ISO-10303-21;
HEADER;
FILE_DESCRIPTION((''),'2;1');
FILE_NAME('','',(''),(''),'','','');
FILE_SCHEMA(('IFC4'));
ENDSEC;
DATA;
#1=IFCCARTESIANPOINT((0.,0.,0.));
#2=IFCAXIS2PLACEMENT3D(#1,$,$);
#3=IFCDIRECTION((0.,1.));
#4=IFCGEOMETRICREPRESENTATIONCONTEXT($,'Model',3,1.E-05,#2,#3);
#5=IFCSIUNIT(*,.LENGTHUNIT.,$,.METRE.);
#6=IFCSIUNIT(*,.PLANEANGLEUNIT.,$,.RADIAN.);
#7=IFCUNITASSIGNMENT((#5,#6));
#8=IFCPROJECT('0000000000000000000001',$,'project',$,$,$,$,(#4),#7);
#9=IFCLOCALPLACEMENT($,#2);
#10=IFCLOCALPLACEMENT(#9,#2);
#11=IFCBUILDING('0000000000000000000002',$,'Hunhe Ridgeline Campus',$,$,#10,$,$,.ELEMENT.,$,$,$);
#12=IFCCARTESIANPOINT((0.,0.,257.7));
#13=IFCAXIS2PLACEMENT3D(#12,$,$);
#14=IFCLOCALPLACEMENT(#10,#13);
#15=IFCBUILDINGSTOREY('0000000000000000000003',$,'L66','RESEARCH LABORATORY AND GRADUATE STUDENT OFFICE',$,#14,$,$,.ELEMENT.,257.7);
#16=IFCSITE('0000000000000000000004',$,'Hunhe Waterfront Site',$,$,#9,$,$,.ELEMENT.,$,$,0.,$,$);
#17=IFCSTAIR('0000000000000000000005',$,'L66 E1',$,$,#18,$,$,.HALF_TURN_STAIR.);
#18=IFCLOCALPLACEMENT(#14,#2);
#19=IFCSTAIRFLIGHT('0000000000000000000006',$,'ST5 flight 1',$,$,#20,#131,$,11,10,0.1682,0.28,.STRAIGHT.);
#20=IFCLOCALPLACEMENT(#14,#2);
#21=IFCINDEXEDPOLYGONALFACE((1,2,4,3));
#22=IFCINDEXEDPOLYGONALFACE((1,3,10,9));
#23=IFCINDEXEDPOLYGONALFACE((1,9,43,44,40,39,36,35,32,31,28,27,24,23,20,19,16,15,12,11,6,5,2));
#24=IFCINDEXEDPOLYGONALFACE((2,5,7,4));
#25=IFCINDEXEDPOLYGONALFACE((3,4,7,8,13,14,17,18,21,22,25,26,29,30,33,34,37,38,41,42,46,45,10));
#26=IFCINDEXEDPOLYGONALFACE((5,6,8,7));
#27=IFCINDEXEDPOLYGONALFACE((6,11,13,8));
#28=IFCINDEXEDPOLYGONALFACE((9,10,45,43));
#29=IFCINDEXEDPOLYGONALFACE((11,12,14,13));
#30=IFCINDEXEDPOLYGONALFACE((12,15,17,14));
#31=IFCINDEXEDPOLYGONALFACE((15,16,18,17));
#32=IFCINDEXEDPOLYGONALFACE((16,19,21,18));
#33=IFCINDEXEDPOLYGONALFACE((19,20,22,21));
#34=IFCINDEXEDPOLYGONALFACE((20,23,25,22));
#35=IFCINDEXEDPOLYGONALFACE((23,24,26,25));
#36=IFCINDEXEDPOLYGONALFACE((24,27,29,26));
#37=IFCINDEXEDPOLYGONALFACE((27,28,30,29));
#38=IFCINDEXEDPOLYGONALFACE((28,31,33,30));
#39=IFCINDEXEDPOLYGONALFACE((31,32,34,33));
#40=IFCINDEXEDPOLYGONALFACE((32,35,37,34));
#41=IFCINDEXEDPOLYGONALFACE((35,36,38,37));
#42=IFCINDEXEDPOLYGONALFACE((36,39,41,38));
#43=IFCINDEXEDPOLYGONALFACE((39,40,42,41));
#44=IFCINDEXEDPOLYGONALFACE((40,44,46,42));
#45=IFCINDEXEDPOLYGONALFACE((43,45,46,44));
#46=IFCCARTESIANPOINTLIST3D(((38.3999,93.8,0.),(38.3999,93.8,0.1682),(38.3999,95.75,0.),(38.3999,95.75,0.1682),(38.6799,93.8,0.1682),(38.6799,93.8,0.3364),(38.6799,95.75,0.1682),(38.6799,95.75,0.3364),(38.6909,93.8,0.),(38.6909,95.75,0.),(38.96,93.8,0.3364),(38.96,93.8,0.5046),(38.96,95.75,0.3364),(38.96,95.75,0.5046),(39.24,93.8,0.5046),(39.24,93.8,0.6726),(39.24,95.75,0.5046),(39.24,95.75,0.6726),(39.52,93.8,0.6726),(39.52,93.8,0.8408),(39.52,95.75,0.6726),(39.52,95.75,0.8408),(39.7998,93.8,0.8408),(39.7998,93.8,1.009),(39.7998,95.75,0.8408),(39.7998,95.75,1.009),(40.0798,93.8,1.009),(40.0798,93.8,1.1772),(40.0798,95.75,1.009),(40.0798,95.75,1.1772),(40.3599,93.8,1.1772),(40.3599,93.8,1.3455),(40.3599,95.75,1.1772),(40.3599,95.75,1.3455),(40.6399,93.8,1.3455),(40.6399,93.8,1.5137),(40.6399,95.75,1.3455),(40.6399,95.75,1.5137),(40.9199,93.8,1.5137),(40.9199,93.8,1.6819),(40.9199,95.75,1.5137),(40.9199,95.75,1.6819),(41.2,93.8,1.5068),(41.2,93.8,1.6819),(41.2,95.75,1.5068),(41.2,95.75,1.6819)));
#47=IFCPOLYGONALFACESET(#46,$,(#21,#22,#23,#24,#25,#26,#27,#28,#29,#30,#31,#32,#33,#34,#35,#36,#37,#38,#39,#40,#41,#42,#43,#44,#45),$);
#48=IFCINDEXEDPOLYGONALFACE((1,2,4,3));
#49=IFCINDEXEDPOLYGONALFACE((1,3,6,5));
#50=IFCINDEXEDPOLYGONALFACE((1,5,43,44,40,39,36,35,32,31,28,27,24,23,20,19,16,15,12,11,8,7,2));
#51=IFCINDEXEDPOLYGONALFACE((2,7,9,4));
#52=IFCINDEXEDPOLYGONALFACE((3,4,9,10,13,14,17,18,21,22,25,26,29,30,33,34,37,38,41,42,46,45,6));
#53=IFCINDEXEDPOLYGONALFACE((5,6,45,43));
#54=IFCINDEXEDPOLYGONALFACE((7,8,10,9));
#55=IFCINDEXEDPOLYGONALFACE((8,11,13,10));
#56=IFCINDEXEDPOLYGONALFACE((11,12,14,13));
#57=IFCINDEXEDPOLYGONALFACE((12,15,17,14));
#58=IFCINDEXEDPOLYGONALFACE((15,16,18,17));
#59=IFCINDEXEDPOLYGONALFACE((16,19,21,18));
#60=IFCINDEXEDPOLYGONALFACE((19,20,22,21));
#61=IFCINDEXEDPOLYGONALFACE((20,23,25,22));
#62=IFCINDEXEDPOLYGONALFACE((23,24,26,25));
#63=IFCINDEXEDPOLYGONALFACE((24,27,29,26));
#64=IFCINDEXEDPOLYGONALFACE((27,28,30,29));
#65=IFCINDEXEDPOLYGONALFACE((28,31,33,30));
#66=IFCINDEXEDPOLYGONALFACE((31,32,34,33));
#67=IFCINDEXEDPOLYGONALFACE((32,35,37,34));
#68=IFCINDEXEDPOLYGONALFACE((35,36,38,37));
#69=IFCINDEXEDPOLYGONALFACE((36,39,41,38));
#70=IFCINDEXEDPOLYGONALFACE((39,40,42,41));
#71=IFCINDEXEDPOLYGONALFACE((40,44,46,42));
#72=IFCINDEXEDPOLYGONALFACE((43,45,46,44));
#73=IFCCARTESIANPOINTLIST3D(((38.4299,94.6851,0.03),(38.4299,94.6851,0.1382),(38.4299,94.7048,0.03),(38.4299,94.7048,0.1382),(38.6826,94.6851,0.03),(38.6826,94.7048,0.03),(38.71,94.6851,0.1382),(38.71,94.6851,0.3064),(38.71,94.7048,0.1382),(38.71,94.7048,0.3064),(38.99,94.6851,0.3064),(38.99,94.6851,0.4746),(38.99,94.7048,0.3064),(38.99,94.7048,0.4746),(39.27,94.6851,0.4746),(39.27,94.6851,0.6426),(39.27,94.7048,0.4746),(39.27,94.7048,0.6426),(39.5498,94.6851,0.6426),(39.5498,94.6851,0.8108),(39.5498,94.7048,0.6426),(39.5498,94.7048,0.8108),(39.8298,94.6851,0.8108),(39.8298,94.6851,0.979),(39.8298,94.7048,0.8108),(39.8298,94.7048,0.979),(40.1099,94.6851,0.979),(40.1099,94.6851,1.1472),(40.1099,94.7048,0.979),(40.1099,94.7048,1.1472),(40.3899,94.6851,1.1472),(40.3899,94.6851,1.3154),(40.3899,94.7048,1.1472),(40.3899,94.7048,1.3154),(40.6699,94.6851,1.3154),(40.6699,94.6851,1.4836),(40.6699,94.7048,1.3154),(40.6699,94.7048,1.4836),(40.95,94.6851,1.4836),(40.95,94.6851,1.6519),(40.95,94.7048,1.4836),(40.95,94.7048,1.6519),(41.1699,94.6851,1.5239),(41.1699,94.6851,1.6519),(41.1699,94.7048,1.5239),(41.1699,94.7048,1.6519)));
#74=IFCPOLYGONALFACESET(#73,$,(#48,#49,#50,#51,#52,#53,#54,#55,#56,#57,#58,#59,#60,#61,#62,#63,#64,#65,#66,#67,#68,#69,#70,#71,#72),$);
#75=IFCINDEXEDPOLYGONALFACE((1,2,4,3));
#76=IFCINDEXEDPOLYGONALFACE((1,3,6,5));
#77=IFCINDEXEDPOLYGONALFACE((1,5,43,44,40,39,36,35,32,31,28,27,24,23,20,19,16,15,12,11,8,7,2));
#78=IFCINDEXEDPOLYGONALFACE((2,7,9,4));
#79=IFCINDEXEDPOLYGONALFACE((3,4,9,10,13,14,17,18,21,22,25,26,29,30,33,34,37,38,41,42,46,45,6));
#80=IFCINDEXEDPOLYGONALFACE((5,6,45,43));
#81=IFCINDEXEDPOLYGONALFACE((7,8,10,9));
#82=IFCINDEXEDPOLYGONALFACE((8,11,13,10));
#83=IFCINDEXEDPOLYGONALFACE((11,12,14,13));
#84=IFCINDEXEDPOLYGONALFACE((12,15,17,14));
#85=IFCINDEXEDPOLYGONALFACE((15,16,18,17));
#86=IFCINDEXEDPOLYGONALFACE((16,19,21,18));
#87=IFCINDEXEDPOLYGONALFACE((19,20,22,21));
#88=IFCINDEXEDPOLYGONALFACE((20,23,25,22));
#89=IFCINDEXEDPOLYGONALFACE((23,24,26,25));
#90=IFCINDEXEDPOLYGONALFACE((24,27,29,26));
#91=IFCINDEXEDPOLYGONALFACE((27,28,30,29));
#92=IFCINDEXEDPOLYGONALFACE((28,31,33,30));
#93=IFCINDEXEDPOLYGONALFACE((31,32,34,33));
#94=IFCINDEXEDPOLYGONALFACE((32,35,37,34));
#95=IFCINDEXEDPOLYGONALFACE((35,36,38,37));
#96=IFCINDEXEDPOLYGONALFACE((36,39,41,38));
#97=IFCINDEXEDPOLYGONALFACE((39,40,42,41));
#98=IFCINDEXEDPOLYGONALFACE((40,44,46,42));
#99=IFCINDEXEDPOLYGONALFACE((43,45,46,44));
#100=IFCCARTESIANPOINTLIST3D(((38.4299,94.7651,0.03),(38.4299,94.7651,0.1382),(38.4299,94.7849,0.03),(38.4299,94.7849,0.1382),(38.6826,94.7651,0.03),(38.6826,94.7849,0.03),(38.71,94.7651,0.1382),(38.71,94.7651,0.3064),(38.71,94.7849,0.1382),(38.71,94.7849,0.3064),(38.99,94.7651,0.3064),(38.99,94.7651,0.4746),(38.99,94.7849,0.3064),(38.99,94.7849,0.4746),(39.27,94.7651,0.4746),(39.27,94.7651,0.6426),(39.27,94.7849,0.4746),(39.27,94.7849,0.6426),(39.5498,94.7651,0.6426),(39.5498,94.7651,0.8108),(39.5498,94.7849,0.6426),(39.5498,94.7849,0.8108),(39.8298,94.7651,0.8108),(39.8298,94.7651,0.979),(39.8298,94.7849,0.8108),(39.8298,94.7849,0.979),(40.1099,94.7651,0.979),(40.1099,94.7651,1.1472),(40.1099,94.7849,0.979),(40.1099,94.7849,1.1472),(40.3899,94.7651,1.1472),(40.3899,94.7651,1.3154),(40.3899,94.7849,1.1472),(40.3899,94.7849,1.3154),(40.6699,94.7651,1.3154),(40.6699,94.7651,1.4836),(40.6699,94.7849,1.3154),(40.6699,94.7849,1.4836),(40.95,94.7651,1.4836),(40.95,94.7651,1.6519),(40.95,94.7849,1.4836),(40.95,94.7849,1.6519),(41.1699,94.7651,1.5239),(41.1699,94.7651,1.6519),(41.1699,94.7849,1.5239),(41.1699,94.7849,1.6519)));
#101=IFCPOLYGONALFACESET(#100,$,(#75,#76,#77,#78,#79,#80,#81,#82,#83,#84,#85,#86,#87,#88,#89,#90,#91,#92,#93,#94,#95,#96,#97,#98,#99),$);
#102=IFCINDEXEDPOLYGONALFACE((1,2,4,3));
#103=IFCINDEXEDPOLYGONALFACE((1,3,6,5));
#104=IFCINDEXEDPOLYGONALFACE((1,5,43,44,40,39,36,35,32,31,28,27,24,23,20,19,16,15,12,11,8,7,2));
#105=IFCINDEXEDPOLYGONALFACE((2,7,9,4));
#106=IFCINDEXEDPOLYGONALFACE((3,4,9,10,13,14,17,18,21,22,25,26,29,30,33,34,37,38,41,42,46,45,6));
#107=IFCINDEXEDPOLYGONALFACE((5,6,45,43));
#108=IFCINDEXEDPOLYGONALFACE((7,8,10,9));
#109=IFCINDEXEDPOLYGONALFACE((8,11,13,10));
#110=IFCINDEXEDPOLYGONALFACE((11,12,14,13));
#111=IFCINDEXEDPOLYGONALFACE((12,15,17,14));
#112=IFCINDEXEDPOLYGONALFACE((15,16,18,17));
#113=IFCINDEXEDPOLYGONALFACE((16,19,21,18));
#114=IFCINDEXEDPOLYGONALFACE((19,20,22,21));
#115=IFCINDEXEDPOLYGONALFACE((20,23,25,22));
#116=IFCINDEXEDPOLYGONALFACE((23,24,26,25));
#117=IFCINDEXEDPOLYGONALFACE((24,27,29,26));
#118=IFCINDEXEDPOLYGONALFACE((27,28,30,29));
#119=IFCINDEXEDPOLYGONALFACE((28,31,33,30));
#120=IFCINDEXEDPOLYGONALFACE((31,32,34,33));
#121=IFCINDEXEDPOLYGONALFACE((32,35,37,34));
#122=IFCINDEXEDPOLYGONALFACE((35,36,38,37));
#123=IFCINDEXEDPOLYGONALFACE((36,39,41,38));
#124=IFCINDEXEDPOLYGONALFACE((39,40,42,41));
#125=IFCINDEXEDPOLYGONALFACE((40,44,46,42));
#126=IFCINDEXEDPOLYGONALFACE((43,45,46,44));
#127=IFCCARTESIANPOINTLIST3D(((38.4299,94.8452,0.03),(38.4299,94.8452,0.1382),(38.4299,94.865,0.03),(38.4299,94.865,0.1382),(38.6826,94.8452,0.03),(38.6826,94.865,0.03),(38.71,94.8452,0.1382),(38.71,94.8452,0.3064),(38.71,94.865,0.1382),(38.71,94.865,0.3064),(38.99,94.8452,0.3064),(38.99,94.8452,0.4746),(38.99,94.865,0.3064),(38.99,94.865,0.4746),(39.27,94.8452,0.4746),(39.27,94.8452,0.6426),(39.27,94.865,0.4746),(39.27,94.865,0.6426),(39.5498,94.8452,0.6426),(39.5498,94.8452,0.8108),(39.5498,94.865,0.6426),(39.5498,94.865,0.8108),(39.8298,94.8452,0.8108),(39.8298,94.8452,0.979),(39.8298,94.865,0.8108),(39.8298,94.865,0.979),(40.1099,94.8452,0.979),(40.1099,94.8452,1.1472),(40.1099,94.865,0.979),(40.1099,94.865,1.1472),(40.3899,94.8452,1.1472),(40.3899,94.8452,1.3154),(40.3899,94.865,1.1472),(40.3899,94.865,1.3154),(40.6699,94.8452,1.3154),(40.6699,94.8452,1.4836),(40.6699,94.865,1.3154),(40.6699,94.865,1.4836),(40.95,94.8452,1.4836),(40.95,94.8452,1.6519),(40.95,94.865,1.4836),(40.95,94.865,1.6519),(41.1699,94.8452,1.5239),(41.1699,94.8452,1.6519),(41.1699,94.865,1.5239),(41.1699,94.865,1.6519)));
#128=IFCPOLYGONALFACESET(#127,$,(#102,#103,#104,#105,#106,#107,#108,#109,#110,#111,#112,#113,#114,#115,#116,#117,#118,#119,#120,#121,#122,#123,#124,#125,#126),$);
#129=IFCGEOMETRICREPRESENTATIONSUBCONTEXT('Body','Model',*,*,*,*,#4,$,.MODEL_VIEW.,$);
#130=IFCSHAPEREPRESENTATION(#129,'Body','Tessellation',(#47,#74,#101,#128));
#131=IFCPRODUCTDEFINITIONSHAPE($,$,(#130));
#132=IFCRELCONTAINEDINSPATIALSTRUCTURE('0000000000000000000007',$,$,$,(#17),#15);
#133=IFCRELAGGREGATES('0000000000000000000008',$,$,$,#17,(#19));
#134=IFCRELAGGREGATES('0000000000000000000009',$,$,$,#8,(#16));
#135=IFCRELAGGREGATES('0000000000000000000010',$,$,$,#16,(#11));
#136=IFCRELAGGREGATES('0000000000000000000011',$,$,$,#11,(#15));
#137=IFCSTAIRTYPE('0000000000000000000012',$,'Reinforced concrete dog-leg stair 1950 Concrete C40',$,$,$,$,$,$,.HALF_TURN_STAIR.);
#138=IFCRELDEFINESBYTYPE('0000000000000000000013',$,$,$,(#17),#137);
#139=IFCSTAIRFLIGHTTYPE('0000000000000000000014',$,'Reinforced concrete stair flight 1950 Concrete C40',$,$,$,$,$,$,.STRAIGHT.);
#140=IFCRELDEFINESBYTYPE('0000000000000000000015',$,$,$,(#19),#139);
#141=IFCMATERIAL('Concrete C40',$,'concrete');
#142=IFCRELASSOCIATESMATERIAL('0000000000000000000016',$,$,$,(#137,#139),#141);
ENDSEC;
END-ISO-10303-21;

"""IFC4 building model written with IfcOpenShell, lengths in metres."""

from ifc_helpers import new_model, si_unit, direction, frame, origin, place, context, subcontext, project, spatial, polyline, outline, extrude, material, type_object, element, aggregate, save


model = new_model("IFC4")

# Units and contexts
model_context = context("Model", 3, precision=1e-05, world=origin(), true_north=direction((0.0, 1.0)))
body_context = subcontext(model_context, "Body", "Model", "MODEL_VIEW")
ifc_project = project(units=[si_unit("LENGTHUNIT", "METRE"), si_unit("PLANEANGLEUNIT", "RADIAN")], contexts=[model_context])

# Site, building, storey
site_placement = place(None, origin())
site = spatial("IfcSite", under=ifc_project, at=site_placement, Name="Hunhe Waterfront Site", CompositionType="ELEMENT", RefElevation=0.0)
building_placement = place(site_placement, origin())
building = spatial("IfcBuilding", under=site, at=building_placement, Name="Hunhe Ridgeline Campus", CompositionType="ELEMENT")
storey_placement = place(building_placement, frame((0.0, 0.0, 257.7)))
storey = spatial("IfcBuildingStorey", under=building, at=storey_placement, Name="L66", Description="RESEARCH LABORATORY AND GRADUATE STUDENT OFFICE", CompositionType="ELEMENT", Elevation=257.7)

# Stair, stair flight
ifc_material_1 = material(Name="Concrete C40", Category="concrete")
stair_type = type_object("IfcStairType", Name="Reinforced concrete dog-leg stair 1950 Concrete C40", PredefinedType="HALF_TURN_STAIR", material=ifc_material_1)
stair_placement = place(storey_placement, origin())
stair = element("IfcStair", 1, at=stair_placement, inside=storey, type_object=stair_type, Name="L66 E1", PredefinedType="HALF_TURN_STAIR")
stair_flight_type = type_object("IfcStairFlightType", Name="Reinforced concrete stair flight 1950 Concrete C40", PredefinedType="STRAIGHT", material=ifc_material_1)
stair_flight_1_placement = place(storey_placement, frame((38.3999, 94.7749, 0.0), z_axis=(0.0, 0.0, 1.0), x_axis=(1.0, 0.0, 0.0)))
stair_flight_1 = element("IfcStairFlight", 2, at=stair_flight_1_placement, type_object=stair_flight_type, Name="ST5 flight 1", NumberOfRisers=11, NumberOfTreads=10, PredefinedType="STRAIGHT", RiserHeight=0.1682, TreadLength=0.28, context=body_context, shape_type="SweptSolid", body=[
    extrude(outline(polyline([(0.0, 0.0), (0.0, 0.1682), (0.28, 0.1682), (0.28, 0.3364), (0.5601, 0.3364), (0.5601, 0.5046), (0.8401, 0.5046), (0.8401, 0.6726), (1.1201, 0.6726), (1.1201, 0.8408), (1.3999, 0.8408), (1.3999, 1.009), (1.6799, 1.009), (1.6799, 1.1772), (1.96, 1.1772), (1.96, 1.3455), (2.24, 1.3455), (2.24, 1.5137), (2.52, 1.5137), (2.52, 1.6819), (2.8, 1.6819), (2.8, 1.8501), (2.8, 1.5068), (0.291, 0.0), (0.0, 0.0)])), frame((0.0, 0.9751, 0.0), z_axis=(0.0, -1.0, 0.0), x_axis=(1.0, 0.0, 0.0)), (0.0, 0.0, 1.0), 1.95),
    extrude(outline(polyline([(0.03, 0.03), (0.03, 0.1382), (0.3101, 0.1382), (0.3101, 0.3064), (0.5901, 0.3064), (0.5901, 0.4746), (0.8701, 0.4746), (0.8701, 0.6426), (1.1499, 0.6426), (1.1499, 0.8108), (1.4299, 0.8108), (1.4299, 0.979), (1.71, 0.979), (1.71, 1.1472), (1.99, 1.1472), (1.99, 1.3154), (2.27, 1.3154), (2.27, 1.4836), (2.55, 1.4836), (2.55, 1.6519), (2.77, 1.6519), (2.77, 1.5239), (0.2827, 0.03), (0.03, 0.03)])), frame((0.0, -0.0701, 0.0), z_axis=(0.0, -1.0, 0.0), x_axis=(1.0, 0.0, 0.0)), (0.0, 0.0, 1.0), 0.0198),
    extrude(outline(polyline([(0.03, 0.03), (0.03, 0.1382), (0.3101, 0.1382), (0.3101, 0.3064), (0.5901, 0.3064), (0.5901, 0.4746), (0.8701, 0.4746), (0.8701, 0.6426), (1.1499, 0.6426), (1.1499, 0.8108), (1.4299, 0.8108), (1.4299, 0.979), (1.71, 0.979), (1.71, 1.1472), (1.99, 1.1472), (1.99, 1.3154), (2.27, 1.3154), (2.27, 1.4836), (2.55, 1.4836), (2.55, 1.6519), (2.77, 1.6519), (2.77, 1.5239), (0.2827, 0.03), (0.03, 0.03)])), frame((0.0, 0.01, 0.0), z_axis=(0.0, -1.0, 0.0), x_axis=(1.0, 0.0, 0.0)), (0.0, 0.0, 1.0), 0.0198),
    extrude(outline(polyline([(0.03, 0.03), (0.03, 0.1382), (0.3101, 0.1382), (0.3101, 0.3064), (0.5901, 0.3064), (0.5901, 0.4746), (0.8701, 0.4746), (0.8701, 0.6426), (1.1499, 0.6426), (1.1499, 0.8108), (1.4299, 0.8108), (1.4299, 0.979), (1.71, 0.979), (1.71, 1.1472), (1.99, 1.1472), (1.99, 1.3154), (2.27, 1.3154), (2.27, 1.4836), (2.55, 1.4836), (2.55, 1.6519), (2.77, 1.6519), (2.77, 1.5239), (0.2827, 0.03), (0.03, 0.03)])), frame((0.0, 0.0901, 0.0), z_axis=(0.0, -1.0, 0.0), x_axis=(1.0, 0.0, 0.0)), (0.0, 0.0, 1.0), 0.0198),
])
aggregate(stair, [stair_flight_1])

save(model, "model.ifc")
